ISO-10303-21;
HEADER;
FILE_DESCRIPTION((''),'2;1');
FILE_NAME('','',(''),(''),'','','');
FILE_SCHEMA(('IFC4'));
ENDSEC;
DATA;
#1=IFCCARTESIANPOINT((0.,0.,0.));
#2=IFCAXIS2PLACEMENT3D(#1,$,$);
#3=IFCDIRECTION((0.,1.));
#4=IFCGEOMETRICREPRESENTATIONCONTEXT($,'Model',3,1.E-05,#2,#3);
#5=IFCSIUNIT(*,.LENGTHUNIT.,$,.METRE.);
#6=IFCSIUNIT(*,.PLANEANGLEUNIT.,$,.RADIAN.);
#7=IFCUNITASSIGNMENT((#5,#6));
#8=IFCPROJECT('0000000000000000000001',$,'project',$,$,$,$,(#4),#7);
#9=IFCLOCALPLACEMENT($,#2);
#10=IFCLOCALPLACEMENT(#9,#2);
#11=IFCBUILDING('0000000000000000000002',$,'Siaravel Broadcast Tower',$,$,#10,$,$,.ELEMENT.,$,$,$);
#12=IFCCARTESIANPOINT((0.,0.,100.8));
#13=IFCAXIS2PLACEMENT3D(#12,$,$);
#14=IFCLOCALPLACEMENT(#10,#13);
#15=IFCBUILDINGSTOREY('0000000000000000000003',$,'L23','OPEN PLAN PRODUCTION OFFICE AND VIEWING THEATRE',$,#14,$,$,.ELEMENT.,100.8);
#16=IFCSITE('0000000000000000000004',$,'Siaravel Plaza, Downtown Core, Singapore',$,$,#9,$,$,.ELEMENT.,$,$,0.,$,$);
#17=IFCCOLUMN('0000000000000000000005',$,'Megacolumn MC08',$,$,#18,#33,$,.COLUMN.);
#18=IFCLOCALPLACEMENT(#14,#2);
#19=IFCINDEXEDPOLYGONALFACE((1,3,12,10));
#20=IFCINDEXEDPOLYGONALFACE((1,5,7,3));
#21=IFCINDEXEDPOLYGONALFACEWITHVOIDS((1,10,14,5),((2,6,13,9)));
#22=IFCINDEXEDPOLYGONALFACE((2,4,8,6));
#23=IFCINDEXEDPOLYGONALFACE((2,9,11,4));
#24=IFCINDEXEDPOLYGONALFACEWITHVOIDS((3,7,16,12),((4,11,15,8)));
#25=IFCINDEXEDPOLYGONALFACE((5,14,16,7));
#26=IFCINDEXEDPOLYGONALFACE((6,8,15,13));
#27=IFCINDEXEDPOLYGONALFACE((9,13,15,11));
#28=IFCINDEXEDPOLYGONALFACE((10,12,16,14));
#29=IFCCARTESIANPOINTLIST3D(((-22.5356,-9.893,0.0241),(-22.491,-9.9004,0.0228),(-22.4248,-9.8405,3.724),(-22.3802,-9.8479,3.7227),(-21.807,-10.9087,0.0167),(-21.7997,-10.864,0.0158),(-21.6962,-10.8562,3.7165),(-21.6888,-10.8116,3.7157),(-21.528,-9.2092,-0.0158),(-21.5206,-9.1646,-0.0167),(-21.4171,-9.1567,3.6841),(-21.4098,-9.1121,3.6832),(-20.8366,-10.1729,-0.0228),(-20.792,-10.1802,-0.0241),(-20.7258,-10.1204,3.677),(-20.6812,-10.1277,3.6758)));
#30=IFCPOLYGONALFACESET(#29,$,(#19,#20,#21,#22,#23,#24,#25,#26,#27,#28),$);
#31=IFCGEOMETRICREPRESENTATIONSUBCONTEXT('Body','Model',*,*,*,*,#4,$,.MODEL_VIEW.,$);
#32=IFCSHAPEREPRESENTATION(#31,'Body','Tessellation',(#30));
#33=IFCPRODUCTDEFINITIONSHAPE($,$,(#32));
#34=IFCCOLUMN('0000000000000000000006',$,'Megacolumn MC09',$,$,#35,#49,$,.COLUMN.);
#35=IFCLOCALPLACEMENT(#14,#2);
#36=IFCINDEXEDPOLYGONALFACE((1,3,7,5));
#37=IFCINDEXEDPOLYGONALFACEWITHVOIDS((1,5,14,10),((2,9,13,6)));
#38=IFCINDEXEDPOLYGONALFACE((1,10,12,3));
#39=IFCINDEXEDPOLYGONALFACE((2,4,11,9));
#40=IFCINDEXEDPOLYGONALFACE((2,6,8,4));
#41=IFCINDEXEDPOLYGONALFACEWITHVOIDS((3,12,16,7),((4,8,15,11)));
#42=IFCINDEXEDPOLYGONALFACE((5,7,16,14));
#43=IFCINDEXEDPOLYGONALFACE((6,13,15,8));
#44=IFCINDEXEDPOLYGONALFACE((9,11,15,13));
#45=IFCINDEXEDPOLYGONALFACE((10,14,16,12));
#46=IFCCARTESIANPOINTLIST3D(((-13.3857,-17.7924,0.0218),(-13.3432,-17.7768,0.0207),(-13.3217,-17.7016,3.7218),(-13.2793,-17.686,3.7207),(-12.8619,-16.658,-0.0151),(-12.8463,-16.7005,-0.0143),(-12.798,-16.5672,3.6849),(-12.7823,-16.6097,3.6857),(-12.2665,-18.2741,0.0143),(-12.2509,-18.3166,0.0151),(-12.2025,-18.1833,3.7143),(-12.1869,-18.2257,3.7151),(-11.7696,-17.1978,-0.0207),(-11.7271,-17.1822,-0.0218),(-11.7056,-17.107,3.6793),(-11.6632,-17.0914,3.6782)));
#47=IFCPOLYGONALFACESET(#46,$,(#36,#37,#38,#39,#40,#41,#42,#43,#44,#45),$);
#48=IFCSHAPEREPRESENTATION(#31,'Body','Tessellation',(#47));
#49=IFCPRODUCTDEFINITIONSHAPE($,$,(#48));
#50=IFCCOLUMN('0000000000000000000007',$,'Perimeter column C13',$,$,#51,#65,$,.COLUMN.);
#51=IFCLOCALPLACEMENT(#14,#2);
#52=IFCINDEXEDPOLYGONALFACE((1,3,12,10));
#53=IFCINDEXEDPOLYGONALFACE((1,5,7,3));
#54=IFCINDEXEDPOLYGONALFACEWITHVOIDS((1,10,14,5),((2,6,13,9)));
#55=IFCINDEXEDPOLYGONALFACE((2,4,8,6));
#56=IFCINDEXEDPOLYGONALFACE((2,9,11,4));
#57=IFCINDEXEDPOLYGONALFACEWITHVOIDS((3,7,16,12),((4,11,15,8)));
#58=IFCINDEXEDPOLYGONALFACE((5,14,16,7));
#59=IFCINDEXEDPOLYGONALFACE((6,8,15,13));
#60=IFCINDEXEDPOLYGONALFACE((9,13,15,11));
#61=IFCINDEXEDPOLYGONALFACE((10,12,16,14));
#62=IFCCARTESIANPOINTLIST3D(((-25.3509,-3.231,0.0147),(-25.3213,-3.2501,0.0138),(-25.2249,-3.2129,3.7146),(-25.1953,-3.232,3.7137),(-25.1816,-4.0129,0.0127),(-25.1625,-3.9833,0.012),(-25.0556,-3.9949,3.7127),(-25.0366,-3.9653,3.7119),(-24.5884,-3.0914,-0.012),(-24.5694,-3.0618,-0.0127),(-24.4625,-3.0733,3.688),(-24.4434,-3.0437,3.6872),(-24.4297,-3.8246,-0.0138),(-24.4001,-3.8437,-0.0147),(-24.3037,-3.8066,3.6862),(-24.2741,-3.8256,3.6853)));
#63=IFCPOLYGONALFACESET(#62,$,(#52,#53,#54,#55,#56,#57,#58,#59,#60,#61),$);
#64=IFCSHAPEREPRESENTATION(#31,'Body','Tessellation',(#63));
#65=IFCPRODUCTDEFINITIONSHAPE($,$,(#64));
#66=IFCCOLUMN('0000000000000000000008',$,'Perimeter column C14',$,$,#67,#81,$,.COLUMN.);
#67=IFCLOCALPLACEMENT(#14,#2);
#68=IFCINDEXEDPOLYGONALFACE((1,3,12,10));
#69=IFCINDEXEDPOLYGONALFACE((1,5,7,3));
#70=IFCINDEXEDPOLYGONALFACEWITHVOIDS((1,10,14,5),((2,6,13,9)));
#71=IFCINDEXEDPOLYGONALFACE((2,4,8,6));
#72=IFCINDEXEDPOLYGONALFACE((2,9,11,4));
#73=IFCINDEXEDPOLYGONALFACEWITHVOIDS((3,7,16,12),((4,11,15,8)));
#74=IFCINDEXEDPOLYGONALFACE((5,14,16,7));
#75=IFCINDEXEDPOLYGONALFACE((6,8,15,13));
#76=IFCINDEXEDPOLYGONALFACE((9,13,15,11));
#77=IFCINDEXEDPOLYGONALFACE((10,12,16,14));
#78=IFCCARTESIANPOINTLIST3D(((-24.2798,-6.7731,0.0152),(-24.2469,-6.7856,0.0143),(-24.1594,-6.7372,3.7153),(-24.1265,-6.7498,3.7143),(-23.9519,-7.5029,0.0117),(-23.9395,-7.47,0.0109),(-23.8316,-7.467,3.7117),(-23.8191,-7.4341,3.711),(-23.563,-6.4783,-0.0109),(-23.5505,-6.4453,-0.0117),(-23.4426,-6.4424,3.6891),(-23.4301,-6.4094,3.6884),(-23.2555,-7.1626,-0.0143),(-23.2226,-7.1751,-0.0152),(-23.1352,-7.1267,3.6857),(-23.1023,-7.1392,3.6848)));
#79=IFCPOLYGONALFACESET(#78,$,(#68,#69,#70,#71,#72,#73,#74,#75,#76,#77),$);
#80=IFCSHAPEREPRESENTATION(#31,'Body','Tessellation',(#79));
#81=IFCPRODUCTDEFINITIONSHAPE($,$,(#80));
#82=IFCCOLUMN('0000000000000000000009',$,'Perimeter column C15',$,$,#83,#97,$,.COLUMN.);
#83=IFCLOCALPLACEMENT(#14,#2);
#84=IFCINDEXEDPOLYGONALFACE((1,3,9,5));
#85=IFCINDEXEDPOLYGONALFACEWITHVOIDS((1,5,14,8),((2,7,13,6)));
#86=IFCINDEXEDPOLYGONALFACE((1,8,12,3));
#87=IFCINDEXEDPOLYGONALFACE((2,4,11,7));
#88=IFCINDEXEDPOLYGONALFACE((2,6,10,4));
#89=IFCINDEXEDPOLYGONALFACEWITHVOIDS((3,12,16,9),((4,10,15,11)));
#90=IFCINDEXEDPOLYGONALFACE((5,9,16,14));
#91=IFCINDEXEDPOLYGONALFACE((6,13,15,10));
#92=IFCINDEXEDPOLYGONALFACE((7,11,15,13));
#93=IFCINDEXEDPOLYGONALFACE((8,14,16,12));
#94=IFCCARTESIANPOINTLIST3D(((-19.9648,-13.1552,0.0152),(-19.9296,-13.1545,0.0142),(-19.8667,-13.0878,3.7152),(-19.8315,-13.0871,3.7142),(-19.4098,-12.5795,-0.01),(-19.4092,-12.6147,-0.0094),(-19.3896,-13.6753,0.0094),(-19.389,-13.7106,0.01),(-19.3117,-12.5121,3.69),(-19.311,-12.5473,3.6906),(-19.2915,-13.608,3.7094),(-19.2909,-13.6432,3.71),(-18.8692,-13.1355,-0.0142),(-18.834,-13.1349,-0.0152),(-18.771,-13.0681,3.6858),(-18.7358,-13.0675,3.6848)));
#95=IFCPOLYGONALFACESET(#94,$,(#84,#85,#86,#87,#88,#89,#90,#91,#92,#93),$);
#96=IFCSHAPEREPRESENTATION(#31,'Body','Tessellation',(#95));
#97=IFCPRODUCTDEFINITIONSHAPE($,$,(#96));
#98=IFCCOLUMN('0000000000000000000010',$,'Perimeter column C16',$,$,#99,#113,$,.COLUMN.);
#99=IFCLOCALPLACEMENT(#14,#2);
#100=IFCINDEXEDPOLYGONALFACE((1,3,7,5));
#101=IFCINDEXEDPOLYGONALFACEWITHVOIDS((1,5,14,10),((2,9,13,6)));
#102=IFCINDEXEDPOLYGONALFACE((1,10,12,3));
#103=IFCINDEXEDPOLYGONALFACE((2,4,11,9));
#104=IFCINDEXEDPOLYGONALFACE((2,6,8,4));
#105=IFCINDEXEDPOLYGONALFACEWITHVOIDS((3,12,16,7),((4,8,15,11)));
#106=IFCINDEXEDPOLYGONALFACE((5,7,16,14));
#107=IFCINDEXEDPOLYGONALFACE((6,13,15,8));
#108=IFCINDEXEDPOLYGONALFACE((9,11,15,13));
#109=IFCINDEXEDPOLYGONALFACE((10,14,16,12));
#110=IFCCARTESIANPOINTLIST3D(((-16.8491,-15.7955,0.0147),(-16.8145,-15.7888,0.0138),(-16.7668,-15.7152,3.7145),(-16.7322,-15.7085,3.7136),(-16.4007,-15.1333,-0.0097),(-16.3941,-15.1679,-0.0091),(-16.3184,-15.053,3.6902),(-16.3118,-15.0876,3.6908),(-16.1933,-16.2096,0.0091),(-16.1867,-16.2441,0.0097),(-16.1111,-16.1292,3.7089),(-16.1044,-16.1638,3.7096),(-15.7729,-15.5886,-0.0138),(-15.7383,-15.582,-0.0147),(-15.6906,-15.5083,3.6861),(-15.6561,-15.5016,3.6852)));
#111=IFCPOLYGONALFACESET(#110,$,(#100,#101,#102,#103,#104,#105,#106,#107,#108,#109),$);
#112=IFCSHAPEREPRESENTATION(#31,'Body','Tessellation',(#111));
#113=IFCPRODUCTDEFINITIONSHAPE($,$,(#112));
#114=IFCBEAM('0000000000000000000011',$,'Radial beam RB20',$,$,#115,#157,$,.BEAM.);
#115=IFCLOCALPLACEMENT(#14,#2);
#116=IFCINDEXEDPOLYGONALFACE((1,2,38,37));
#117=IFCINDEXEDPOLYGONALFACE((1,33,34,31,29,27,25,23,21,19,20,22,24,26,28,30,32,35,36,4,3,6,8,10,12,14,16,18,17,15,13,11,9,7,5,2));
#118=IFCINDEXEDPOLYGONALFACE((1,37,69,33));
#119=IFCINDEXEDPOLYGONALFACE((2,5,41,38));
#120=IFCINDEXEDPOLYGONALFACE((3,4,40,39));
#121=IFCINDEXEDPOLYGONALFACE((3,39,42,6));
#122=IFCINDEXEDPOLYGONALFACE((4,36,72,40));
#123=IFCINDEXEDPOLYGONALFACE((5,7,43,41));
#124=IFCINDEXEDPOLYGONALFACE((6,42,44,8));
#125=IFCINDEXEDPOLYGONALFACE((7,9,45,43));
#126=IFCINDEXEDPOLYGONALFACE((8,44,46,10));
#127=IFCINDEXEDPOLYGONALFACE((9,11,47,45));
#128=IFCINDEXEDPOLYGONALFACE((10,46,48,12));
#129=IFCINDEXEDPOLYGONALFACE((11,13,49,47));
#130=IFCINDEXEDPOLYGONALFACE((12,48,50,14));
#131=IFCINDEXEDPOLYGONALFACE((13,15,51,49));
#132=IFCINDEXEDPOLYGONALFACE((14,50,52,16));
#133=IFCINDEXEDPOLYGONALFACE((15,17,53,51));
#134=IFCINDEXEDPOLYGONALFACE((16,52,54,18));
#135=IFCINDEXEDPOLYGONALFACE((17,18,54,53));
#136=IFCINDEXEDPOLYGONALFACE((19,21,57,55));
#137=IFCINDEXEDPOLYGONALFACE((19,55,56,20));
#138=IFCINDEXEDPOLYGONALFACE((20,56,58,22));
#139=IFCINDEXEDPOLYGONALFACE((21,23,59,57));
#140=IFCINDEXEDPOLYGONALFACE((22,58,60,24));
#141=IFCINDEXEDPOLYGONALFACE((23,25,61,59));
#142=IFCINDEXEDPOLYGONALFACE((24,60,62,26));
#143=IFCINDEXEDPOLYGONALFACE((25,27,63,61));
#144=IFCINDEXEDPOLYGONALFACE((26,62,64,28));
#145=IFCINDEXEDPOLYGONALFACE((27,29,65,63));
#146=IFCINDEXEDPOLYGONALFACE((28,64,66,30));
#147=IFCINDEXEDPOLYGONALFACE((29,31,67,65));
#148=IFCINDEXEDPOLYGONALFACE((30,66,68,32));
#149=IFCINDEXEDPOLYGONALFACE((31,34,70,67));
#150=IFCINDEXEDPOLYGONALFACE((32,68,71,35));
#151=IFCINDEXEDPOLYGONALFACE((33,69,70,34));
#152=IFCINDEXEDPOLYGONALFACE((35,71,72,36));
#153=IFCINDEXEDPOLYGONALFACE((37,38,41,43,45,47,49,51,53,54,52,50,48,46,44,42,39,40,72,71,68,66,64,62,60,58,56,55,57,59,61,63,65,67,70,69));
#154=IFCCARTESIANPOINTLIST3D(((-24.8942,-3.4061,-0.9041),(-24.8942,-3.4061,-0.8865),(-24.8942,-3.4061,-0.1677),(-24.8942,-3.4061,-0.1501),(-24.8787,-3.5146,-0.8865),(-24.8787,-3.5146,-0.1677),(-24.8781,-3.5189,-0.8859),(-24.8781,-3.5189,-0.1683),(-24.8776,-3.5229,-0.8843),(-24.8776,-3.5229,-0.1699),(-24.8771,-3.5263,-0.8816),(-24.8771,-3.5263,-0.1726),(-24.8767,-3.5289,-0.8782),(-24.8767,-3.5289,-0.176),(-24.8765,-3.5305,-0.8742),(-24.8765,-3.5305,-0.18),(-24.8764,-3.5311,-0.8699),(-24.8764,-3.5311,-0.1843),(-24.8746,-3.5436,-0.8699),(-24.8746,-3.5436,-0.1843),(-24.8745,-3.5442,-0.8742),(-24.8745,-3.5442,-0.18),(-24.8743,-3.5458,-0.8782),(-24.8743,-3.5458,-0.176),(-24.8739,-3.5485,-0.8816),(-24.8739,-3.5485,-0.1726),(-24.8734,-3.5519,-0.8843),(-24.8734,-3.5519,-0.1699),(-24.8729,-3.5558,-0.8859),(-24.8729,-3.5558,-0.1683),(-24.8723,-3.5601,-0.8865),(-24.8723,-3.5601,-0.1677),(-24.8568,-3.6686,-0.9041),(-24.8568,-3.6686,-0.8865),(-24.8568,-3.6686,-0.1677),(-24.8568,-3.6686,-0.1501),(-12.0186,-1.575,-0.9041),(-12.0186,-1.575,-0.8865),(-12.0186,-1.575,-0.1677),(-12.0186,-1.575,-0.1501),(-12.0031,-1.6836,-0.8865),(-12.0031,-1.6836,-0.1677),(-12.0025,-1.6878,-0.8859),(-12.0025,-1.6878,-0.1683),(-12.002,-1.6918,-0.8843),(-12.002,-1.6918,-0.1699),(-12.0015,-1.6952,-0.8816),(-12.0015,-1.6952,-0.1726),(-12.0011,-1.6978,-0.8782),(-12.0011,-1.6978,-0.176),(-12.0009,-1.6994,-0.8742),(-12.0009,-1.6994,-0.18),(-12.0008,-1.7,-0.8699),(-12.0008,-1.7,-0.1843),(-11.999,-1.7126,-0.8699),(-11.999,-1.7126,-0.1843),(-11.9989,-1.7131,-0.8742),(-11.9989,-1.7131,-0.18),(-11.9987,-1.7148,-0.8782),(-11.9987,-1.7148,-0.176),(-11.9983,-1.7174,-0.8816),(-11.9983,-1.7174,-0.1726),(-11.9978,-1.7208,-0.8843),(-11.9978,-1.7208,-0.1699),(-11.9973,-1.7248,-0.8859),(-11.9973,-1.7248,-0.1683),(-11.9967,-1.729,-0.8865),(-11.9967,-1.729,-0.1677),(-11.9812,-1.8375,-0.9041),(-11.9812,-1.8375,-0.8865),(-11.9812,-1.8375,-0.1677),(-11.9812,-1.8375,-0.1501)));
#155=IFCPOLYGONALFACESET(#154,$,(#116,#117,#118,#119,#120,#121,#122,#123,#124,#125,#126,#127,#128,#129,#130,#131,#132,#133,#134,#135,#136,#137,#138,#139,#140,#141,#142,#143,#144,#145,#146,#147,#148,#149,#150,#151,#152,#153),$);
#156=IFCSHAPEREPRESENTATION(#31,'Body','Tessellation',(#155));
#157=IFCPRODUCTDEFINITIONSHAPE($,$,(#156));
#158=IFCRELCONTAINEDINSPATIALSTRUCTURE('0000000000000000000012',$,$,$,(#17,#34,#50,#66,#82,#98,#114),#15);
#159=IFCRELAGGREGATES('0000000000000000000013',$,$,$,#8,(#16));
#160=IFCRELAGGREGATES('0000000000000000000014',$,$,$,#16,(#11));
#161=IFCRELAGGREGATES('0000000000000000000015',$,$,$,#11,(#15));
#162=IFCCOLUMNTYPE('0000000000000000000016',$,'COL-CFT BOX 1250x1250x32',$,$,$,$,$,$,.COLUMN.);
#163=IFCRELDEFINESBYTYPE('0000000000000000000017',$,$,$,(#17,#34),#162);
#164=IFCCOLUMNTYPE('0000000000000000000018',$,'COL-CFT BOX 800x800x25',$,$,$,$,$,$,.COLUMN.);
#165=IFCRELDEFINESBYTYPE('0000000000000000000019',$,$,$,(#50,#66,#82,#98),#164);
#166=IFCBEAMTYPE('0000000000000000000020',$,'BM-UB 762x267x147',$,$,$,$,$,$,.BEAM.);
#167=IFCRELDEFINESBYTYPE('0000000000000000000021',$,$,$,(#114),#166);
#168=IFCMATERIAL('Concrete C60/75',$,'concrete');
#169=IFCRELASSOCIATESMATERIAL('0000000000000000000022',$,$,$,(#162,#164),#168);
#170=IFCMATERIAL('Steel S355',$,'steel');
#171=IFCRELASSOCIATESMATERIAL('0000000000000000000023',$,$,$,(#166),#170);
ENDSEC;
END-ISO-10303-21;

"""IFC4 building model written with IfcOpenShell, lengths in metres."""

from ifc_helpers import new_model, si_unit, direction, frame, origin, origin_2d, place, context, subcontext, project, spatial, hollow_rectangle, i_section, extrude, material, material_profile, profile_set, type_object, element, save


model = new_model("IFC4")

# Units and contexts
model_context = context("Model", 3, precision=1e-05, world=origin(), true_north=direction((0.0, 1.0)))
body_context = subcontext(model_context, "Body", "Model", "MODEL_VIEW")
ifc_project = project(units=[si_unit("LENGTHUNIT", "METRE"), si_unit("PLANEANGLEUNIT", "RADIAN")], contexts=[model_context])

# Site, building, storey
site_placement = place(None, origin())
site = spatial("IfcSite", under=ifc_project, at=site_placement, Name="Siaravel Plaza, Downtown Core, Singapore", CompositionType="ELEMENT", RefElevation=0.0)
building_placement = place(site_placement, origin())
building = spatial("IfcBuilding", under=site, at=building_placement, Name="Siaravel Broadcast Tower", CompositionType="ELEMENT")
storey_placement = place(building_placement, frame((0.0, 0.0, 100.8)))
storey = spatial("IfcBuildingStorey", under=building, at=storey_placement, Name="L23", Description="OPEN PLAN PRODUCTION OFFICE AND VIEWING THEATRE", CompositionType="ELEMENT", Elevation=100.8)

# Columns
ifc_material_1 = material(Name="Concrete C60/75", Category="concrete")
ifc_material_profile_1 = material_profile(ifc_material_1, hollow_rectangle(XDim=1.25, YDim=1.25, WallThickness=0.032, at=origin_2d()))
ifc_profile_set_1 = profile_set([ifc_material_profile_1], Name="Concrete C60/75")
column_type_1 = type_object("IfcColumnType", Name="COL-CFT BOX 1250x1250x32", PredefinedType="COLUMN", material=ifc_profile_set_1)
column_1_placement = place(storey_placement, frame((-21.6638, -10.0366, 0.0), z_axis=(0.029941, 0.014179, 0.999451), x_axis=(-0.582896, 0.812525, 0.005935)))
element("IfcColumn", 1, at=column_1_placement, inside=storey, type_object=column_type_1, Name="Megacolumn MC08", PredefinedType="COLUMN", context=body_context, shape_type="SweptSolid", body=[
    extrude(hollow_rectangle(XDim=1.25, YDim=1.25, WallThickness=0.032, at=origin_2d()), origin(), (0.0, 0.0, 1.0), 3.7019),
])
column_2_placement = place(storey_placement, frame((-12.5564, -17.4873, 0.0), z_axis=(0.01728, 0.024535, 0.99955), x_axis=(-0.907825, 0.419314, 0.005402)))
element("IfcColumn", 2, at=column_2_placement, inside=storey, type_object=column_type_1, Name="Megacolumn MC09", PredefinedType="COLUMN", context=body_context, shape_type="SweptSolid", body=[
    extrude(hollow_rectangle(XDim=1.25, YDim=1.25, WallThickness=0.032, at=origin_2d()), origin(), (0.0, 0.0, 1.0), 3.7017),
])
ifc_material_profile_2 = material_profile(ifc_material_1, hollow_rectangle(XDim=0.8, YDim=0.8, WallThickness=0.0249, at=origin_2d()))
ifc_profile_set_2 = profile_set([ifc_material_profile_2], Name="Concrete C60/75")
column_type_2 = type_object("IfcColumnType", Name="COL-CFT BOX 800x800x25", PredefinedType="COLUMN", material=ifc_profile_set_2)
for number, where, z_axis, x_axis, name in (
    (3, (-24.8755, -3.5374, 0.0), (0.034028, 0.00488, 0.999409), (-0.21156, 0.977362, 0.002431), "Perimeter column C13"),
    (4, (-23.7512, -6.9741, 0.0), (0.032512, 0.009694, 0.999424), (-0.409806, 0.912162, 0.004483), "Perimeter column C14"),
):
    element("IfcColumn", number, at=place(storey_placement, frame(where, z_axis=z_axis, x_axis=x_axis)), inside=storey, type_object=column_type_2, Name=name, PredefinedType="COLUMN", context=body_context, shape_type="SweptSolid", body=[
        extrude(hollow_rectangle(XDim=0.8, YDim=0.8, WallThickness=0.0249, at=origin_2d()), origin(), (0.0, 0.0, 1.0), 3.7021),
    ])
column_3_placement = place(storey_placement, frame((-19.3994, -13.145, 0.0), z_axis=(0.026512, 0.018202, 0.999483), x_axis=(-0.719754, 0.694199, 0.006449)))
element("IfcColumn", 5, at=column_3_placement, inside=storey, type_object=column_type_2, Name="Perimeter column C15", PredefinedType="COLUMN", context=body_context, shape_type="SweptSolid", body=[
    extrude(hollow_rectangle(XDim=0.8, YDim=0.8, WallThickness=0.0249, at=origin_2d()), origin(), (0.0, 0.0, 1.0), 3.7019),
])
column_4_placement = place(storey_placement, frame((-16.2937, -15.6887, 0.0), z_axis=(0.022226, 0.021699, 0.999517), x_axis=(-0.82793, 0.560796, 0.006236)))
element("IfcColumn", 6, at=column_4_placement, inside=storey, type_object=column_type_2, Name="Perimeter column C16", PredefinedType="COLUMN", context=body_context, shape_type="SweptSolid", body=[
    extrude(hollow_rectangle(XDim=0.8, YDim=0.8, WallThickness=0.0249, at=origin_2d()), origin(), (0.0, 0.0, 1.0), 3.7017),
])

# Beam
ifc_material_2 = material(Name="Steel S355", Category="steel")
ifc_material_profile_3 = material_profile(ifc_material_2, i_section(OverallWidth=0.2651, OverallDepth=0.7539, WebThickness=0.0127, FlangeThickness=0.0176, FilletRadius=0.0166, at=origin_2d()))
ifc_profile_set_3 = profile_set([ifc_material_profile_3], Name="Steel S355")
beam_type = type_object("IfcBeamType", Name="BM-UB 762x267x147", PredefinedType="BEAM", material=ifc_profile_set_3)
beam_1_placement = place(storey_placement, frame((-24.8755, -3.5374, -0.5271), z_axis=(0.990039, 0.140796, 0.0), x_axis=(-0.140796, 0.990039, 0.0)))
element("IfcBeam", 7, at=beam_1_placement, inside=storey, type_object=beam_type, Name="Radial beam RB20", PredefinedType="BEAM", context=body_context, shape_type="SweptSolid", body=[
    extrude(i_section(OverallWidth=0.2651, OverallDepth=0.7539, WebThickness=0.0127, FlangeThickness=0.0176, FilletRadius=0.0166, at=origin_2d()), origin(), (0.0, 0.0, 1.0), 13.0051),
])

save(model, "model.ifc")
